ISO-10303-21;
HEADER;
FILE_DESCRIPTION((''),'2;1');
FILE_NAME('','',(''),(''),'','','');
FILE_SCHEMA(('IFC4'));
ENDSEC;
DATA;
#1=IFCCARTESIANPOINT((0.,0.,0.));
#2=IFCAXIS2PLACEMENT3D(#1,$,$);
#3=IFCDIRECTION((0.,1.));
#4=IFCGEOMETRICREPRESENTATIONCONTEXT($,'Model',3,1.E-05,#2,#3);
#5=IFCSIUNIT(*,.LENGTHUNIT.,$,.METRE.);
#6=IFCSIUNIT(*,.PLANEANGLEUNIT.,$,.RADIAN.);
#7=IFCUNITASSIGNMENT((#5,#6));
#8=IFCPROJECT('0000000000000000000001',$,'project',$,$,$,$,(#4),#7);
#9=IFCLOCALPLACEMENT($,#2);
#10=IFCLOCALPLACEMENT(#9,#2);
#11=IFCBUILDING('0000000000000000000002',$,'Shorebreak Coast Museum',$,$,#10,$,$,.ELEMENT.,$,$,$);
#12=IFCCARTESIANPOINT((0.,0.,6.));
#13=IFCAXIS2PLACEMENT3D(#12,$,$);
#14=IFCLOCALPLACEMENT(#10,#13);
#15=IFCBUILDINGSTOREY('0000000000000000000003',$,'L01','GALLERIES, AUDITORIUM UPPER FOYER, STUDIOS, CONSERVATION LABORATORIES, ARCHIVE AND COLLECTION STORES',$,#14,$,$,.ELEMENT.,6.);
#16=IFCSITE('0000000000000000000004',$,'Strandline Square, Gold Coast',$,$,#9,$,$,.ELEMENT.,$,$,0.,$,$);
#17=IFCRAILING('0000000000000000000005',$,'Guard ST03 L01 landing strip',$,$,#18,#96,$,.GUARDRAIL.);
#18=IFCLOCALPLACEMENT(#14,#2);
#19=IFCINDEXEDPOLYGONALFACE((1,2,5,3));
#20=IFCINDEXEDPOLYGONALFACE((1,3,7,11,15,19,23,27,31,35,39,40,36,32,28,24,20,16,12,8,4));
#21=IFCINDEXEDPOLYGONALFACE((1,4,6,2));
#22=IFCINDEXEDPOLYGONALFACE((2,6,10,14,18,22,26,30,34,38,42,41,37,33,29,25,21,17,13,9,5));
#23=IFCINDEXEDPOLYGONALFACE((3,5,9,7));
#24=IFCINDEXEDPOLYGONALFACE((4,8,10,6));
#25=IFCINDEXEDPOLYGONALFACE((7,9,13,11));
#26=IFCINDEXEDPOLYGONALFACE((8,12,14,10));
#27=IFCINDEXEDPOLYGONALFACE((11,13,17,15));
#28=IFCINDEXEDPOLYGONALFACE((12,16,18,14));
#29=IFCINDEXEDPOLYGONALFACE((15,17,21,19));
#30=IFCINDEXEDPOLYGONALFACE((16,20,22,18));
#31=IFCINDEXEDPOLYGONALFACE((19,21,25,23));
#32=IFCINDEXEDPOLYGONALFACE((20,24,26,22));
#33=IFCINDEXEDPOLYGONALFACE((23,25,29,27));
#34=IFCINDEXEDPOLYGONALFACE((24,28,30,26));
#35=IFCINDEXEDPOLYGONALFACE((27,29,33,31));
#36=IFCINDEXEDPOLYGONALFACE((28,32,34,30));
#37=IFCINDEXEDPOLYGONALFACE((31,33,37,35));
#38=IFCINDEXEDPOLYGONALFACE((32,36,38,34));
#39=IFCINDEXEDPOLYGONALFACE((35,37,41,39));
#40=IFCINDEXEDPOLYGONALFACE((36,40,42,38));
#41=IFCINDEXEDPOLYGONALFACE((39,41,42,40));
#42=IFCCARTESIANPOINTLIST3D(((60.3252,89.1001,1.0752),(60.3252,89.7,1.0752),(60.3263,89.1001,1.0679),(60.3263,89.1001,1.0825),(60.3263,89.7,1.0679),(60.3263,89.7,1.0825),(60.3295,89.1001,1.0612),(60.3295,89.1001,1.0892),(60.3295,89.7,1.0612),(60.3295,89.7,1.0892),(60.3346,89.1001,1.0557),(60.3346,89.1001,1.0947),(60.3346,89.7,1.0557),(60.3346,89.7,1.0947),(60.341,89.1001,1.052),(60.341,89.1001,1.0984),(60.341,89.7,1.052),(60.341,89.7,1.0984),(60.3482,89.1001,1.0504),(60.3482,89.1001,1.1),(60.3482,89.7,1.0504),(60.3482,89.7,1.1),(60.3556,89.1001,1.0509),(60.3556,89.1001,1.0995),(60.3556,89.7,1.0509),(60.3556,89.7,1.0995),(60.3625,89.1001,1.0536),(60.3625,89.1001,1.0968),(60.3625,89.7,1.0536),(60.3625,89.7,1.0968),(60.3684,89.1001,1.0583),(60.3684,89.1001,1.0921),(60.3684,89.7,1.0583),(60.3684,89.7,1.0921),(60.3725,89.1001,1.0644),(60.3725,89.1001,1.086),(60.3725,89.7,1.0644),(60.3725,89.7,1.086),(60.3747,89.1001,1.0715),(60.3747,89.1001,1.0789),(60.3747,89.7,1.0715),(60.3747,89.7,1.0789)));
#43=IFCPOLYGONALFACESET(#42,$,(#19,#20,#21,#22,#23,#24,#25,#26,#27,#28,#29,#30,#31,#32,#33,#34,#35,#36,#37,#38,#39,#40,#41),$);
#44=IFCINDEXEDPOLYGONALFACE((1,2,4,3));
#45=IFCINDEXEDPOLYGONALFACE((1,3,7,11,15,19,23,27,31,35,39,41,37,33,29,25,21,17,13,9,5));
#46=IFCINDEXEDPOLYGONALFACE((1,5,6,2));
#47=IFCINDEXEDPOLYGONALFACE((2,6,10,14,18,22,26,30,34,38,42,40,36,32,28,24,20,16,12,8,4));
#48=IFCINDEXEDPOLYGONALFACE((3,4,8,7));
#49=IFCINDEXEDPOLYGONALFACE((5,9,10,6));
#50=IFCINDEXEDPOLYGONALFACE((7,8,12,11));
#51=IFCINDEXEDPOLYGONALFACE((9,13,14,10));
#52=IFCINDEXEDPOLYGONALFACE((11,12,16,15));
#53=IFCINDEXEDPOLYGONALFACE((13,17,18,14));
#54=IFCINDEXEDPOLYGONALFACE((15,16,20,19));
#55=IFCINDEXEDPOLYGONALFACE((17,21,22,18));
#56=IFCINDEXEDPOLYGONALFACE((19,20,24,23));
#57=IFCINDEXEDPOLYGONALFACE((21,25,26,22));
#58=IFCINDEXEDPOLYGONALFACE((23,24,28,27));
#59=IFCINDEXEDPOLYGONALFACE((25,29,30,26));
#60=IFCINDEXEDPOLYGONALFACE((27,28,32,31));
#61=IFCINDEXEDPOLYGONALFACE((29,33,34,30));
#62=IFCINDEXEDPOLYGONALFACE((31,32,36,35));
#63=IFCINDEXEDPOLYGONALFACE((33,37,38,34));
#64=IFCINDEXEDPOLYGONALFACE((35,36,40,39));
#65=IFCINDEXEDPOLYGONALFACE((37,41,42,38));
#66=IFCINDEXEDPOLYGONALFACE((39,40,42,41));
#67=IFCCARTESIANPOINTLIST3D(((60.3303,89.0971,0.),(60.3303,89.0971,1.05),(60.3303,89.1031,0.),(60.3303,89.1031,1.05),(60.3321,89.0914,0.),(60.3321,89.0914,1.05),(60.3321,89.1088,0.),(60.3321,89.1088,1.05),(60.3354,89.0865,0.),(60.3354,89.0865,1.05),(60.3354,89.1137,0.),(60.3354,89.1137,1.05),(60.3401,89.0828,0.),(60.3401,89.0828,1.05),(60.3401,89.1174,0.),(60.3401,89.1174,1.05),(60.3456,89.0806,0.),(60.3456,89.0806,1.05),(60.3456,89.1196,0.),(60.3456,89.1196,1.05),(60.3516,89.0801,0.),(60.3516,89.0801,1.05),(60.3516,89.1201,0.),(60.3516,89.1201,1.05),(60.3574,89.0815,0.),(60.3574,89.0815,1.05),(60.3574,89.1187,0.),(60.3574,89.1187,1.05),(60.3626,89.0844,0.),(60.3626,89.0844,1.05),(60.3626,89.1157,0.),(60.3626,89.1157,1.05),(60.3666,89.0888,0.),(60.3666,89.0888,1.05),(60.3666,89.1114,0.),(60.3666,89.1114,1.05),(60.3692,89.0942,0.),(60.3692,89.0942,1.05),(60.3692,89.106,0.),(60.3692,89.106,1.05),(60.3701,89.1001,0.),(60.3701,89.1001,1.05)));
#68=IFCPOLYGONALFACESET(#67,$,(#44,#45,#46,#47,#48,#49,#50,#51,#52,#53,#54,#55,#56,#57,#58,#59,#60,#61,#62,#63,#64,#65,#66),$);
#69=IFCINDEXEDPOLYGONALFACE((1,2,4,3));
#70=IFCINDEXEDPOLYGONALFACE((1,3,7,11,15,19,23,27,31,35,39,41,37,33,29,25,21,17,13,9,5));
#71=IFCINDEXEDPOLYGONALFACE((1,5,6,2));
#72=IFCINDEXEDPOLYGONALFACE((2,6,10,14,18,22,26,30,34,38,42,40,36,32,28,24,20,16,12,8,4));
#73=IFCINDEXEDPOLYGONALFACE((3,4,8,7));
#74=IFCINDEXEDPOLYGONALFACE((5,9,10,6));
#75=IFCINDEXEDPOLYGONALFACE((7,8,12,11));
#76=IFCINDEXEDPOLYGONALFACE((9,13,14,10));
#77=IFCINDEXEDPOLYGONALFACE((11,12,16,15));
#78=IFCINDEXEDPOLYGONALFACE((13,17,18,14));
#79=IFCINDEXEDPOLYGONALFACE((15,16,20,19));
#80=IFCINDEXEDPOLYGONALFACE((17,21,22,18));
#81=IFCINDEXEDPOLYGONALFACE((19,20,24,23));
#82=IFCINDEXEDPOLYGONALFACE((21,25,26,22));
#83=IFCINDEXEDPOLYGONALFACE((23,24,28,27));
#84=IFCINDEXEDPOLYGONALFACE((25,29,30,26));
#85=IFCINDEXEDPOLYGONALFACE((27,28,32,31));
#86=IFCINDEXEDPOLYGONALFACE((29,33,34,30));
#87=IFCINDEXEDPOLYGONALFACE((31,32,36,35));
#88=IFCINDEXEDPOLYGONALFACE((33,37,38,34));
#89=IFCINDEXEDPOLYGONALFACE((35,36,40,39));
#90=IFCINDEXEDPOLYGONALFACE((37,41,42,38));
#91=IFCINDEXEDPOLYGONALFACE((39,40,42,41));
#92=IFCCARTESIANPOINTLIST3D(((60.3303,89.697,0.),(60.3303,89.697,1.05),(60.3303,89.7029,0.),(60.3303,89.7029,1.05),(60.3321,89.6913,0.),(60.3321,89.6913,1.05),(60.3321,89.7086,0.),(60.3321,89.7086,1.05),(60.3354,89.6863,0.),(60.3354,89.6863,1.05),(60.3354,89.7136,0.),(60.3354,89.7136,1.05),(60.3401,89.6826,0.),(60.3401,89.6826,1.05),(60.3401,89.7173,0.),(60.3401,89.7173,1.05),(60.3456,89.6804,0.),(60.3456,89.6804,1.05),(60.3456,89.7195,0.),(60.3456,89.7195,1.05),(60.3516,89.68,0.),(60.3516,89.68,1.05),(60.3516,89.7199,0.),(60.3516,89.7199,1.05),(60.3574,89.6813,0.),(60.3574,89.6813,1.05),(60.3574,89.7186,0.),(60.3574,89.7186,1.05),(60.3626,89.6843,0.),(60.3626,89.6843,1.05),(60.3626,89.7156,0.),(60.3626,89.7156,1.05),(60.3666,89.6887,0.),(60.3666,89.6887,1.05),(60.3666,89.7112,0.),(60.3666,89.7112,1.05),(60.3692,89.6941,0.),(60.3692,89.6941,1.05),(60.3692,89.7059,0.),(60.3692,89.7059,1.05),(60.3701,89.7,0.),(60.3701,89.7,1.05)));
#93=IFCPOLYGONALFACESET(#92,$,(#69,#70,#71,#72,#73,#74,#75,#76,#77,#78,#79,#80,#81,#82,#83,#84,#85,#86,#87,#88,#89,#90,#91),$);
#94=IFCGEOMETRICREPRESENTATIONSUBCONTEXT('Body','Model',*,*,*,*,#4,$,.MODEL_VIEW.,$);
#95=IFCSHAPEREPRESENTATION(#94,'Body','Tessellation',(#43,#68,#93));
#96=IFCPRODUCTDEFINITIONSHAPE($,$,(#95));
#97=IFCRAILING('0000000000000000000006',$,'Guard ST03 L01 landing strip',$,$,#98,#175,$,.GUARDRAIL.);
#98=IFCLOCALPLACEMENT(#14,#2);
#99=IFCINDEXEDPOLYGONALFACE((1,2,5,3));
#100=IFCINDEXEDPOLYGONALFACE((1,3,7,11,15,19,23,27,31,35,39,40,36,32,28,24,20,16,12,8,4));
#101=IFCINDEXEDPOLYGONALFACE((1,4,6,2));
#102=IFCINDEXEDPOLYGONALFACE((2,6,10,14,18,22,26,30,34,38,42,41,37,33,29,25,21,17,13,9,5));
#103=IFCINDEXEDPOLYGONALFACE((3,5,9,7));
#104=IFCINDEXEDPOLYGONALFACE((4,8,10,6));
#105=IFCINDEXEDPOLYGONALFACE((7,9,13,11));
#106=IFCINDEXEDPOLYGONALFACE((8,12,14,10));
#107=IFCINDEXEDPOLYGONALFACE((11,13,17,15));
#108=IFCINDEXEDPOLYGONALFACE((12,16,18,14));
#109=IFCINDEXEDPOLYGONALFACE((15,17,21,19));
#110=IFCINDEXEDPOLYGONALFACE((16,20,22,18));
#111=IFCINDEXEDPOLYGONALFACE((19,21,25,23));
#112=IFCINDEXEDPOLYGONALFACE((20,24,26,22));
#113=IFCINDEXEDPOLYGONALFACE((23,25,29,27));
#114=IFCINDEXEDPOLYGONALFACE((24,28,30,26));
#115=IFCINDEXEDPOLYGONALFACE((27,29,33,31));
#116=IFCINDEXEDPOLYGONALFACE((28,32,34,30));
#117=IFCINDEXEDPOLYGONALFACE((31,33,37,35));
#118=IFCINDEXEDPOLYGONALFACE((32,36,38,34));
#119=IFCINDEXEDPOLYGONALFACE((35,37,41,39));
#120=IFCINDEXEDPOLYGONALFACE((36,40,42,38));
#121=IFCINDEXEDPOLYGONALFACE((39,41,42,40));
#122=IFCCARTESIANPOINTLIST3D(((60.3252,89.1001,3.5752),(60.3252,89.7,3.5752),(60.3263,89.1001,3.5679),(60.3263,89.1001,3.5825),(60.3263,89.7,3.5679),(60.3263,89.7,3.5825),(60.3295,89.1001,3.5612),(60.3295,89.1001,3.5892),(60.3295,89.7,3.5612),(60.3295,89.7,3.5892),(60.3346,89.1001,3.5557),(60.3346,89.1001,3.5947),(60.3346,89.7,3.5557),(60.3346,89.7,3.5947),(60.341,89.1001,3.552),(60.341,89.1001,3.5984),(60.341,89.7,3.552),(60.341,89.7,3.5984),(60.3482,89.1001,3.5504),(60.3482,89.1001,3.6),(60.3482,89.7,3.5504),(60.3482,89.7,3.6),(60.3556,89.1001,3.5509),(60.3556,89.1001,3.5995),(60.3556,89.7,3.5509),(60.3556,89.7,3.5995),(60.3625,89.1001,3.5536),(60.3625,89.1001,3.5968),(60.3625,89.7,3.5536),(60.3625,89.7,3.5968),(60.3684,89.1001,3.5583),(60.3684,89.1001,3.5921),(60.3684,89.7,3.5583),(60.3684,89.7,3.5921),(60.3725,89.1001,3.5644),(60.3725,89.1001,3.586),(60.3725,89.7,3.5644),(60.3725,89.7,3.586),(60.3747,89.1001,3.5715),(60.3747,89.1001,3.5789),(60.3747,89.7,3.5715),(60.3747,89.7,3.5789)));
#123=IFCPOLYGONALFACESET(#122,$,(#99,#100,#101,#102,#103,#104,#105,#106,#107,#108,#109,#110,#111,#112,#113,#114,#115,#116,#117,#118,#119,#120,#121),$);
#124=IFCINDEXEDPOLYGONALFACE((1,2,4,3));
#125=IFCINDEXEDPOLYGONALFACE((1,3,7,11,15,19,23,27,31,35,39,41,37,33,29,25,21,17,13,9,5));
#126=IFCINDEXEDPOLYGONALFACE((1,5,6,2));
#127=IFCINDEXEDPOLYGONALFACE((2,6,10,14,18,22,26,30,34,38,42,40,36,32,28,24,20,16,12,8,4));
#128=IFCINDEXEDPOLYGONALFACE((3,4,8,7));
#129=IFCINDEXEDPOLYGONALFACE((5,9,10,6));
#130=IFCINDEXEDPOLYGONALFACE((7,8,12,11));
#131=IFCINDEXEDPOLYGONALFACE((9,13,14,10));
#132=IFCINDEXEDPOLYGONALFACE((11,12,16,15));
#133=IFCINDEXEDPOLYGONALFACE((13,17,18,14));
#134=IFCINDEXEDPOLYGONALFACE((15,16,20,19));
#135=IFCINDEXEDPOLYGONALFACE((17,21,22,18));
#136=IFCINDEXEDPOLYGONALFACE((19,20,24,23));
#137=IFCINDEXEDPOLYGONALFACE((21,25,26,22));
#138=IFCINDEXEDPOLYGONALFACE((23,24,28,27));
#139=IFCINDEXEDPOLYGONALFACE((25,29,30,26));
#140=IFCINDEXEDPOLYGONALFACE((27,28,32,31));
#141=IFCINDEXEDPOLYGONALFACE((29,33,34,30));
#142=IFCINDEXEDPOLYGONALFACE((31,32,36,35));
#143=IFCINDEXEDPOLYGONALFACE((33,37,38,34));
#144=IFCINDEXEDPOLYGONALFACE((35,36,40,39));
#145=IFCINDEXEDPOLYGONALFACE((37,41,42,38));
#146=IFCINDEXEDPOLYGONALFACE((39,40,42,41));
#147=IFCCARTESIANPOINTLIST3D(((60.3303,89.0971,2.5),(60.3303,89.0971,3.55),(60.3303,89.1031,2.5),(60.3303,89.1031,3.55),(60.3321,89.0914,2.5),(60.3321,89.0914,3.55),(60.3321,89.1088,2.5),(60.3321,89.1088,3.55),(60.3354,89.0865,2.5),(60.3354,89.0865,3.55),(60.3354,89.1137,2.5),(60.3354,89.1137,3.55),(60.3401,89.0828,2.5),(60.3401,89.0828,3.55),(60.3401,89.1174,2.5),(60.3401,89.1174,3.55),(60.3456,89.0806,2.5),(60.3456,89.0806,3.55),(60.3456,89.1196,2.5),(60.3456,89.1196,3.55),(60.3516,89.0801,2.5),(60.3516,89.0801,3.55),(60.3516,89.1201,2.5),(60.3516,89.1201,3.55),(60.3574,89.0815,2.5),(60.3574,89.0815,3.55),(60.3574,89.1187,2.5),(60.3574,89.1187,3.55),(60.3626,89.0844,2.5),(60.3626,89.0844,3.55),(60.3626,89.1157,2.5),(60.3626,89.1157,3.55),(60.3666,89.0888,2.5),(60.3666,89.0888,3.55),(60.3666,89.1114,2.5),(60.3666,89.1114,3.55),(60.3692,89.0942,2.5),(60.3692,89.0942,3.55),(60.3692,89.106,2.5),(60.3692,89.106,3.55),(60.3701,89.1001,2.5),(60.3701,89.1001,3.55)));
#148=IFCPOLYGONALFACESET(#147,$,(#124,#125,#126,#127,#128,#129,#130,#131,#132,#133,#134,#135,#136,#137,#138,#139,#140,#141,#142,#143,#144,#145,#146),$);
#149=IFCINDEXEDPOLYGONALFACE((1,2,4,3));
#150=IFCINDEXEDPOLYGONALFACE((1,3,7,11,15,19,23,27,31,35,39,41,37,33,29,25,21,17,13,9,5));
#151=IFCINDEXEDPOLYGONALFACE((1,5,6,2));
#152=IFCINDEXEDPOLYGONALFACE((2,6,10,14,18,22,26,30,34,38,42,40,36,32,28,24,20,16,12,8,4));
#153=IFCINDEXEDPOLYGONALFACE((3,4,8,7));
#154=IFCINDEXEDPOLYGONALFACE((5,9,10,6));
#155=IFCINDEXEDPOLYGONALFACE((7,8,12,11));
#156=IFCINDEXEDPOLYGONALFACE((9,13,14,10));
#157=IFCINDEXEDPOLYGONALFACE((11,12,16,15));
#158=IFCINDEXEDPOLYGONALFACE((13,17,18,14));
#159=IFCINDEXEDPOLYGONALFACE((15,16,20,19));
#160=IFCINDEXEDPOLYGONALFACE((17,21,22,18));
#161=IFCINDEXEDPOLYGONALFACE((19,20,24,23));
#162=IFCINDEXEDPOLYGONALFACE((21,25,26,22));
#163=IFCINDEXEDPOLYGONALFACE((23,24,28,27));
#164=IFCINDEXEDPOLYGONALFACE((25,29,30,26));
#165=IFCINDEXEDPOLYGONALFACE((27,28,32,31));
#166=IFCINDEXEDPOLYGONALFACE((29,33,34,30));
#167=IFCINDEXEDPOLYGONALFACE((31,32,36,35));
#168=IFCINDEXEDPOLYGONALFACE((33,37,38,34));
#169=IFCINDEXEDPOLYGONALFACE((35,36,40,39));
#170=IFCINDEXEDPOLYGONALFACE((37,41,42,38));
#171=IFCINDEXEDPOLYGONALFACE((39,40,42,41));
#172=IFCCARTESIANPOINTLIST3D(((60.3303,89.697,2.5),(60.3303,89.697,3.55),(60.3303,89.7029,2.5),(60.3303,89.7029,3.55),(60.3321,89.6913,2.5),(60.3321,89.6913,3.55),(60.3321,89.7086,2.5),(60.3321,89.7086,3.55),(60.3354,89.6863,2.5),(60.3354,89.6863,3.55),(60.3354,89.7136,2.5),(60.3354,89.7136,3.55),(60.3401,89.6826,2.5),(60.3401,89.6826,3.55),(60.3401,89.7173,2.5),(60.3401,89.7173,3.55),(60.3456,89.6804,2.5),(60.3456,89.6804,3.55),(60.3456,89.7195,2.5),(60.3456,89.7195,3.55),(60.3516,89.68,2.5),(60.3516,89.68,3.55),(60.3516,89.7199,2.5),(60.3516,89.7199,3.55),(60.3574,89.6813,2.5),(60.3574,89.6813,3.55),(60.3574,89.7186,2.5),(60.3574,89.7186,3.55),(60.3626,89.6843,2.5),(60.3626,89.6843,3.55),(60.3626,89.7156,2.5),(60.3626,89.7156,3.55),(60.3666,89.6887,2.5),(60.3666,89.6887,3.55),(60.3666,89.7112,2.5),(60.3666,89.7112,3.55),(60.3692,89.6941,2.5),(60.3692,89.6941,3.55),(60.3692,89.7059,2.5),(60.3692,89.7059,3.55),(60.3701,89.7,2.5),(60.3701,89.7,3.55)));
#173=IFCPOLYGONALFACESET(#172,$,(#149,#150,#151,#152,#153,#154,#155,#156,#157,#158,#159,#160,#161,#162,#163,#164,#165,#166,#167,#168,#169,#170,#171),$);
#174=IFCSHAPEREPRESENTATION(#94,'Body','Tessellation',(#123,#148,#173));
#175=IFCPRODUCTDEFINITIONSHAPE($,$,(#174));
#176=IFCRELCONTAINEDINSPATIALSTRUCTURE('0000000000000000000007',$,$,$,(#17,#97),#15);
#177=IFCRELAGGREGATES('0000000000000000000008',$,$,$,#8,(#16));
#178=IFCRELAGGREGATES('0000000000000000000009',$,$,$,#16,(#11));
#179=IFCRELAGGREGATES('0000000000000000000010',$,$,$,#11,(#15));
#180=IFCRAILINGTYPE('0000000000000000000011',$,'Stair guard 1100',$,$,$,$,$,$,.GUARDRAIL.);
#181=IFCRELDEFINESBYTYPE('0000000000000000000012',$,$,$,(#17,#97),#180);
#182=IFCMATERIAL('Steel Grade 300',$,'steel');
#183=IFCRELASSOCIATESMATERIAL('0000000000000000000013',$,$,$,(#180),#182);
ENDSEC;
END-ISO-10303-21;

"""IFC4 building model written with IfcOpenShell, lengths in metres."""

from ifc_helpers import new_model, si_unit, direction, frame, origin, origin_2d, place, context, subcontext, project, spatial, circle, extrude, material, type_object, element, save


model = new_model("IFC4")

# Units and contexts
model_context = context("Model", 3, precision=1e-05, world=origin(), true_north=direction((0.0, 1.0)))
body_context = subcontext(model_context, "Body", "Model", "MODEL_VIEW")
ifc_project = project(units=[si_unit("LENGTHUNIT", "METRE"), si_unit("PLANEANGLEUNIT", "RADIAN")], contexts=[model_context])

# Site, building, storey
site_placement = place(None, origin())
site = spatial("IfcSite", under=ifc_project, at=site_placement, Name="Strandline Square, Gold Coast", CompositionType="ELEMENT", RefElevation=0.0)
building_placement = place(site_placement, origin())
building = spatial("IfcBuilding", under=site, at=building_placement, Name="Shorebreak Coast Museum", CompositionType="ELEMENT")
storey_placement = place(building_placement, frame((0.0, 0.0, 6.0)))
storey = spatial("IfcBuildingStorey", under=building, at=storey_placement, Name="L01", Description="GALLERIES, AUDITORIUM UPPER FOYER, STUDIOS, CONSERVATION LABORATORIES, ARCHIVE AND COLLECTION STORES", CompositionType="ELEMENT", Elevation=6.0)

# Railings
ifc_material_1 = material(Name="Steel Grade 300", Category="steel")
railing_type_1 = type_object("IfcRailingType", Name="Stair guard 1100", PredefinedType="GUARDRAIL", material=ifc_material_1)
for number, where, name in (
    (1, (60.3501, 89.1001, 0.0), "Guard ST03 L01 landing strip"),
    (2, (60.3501, 89.1001, 2.5), "Guard ST03 L01 landing strip"),
):
    element("IfcRailing", number, at=place(storey_placement, frame(where)), inside=storey, type_object=railing_type_1, Name=name, PredefinedType="GUARDRAIL", context=body_context, shape_type="SweptSolid", body=[
        extrude(circle(Radius=0.0249, at=origin_2d()), frame((0.0, 0.0, 1.0752), z_axis=(0.0, 1.0, 0.0), x_axis=(-1.0, 0.0, 0.0)), (0.0, 0.0, 1.0), 0.5999),
        extrude(circle(Radius=0.02, at=origin_2d()), origin(), (0.0, 0.0, 1.0), 1.05),
        extrude(circle(Radius=0.02, at=origin_2d()), frame((0.0, 0.5999, 0.0)), (0.0, 0.0, 1.0), 1.05),
    ])

save(model, "model.ifc")
